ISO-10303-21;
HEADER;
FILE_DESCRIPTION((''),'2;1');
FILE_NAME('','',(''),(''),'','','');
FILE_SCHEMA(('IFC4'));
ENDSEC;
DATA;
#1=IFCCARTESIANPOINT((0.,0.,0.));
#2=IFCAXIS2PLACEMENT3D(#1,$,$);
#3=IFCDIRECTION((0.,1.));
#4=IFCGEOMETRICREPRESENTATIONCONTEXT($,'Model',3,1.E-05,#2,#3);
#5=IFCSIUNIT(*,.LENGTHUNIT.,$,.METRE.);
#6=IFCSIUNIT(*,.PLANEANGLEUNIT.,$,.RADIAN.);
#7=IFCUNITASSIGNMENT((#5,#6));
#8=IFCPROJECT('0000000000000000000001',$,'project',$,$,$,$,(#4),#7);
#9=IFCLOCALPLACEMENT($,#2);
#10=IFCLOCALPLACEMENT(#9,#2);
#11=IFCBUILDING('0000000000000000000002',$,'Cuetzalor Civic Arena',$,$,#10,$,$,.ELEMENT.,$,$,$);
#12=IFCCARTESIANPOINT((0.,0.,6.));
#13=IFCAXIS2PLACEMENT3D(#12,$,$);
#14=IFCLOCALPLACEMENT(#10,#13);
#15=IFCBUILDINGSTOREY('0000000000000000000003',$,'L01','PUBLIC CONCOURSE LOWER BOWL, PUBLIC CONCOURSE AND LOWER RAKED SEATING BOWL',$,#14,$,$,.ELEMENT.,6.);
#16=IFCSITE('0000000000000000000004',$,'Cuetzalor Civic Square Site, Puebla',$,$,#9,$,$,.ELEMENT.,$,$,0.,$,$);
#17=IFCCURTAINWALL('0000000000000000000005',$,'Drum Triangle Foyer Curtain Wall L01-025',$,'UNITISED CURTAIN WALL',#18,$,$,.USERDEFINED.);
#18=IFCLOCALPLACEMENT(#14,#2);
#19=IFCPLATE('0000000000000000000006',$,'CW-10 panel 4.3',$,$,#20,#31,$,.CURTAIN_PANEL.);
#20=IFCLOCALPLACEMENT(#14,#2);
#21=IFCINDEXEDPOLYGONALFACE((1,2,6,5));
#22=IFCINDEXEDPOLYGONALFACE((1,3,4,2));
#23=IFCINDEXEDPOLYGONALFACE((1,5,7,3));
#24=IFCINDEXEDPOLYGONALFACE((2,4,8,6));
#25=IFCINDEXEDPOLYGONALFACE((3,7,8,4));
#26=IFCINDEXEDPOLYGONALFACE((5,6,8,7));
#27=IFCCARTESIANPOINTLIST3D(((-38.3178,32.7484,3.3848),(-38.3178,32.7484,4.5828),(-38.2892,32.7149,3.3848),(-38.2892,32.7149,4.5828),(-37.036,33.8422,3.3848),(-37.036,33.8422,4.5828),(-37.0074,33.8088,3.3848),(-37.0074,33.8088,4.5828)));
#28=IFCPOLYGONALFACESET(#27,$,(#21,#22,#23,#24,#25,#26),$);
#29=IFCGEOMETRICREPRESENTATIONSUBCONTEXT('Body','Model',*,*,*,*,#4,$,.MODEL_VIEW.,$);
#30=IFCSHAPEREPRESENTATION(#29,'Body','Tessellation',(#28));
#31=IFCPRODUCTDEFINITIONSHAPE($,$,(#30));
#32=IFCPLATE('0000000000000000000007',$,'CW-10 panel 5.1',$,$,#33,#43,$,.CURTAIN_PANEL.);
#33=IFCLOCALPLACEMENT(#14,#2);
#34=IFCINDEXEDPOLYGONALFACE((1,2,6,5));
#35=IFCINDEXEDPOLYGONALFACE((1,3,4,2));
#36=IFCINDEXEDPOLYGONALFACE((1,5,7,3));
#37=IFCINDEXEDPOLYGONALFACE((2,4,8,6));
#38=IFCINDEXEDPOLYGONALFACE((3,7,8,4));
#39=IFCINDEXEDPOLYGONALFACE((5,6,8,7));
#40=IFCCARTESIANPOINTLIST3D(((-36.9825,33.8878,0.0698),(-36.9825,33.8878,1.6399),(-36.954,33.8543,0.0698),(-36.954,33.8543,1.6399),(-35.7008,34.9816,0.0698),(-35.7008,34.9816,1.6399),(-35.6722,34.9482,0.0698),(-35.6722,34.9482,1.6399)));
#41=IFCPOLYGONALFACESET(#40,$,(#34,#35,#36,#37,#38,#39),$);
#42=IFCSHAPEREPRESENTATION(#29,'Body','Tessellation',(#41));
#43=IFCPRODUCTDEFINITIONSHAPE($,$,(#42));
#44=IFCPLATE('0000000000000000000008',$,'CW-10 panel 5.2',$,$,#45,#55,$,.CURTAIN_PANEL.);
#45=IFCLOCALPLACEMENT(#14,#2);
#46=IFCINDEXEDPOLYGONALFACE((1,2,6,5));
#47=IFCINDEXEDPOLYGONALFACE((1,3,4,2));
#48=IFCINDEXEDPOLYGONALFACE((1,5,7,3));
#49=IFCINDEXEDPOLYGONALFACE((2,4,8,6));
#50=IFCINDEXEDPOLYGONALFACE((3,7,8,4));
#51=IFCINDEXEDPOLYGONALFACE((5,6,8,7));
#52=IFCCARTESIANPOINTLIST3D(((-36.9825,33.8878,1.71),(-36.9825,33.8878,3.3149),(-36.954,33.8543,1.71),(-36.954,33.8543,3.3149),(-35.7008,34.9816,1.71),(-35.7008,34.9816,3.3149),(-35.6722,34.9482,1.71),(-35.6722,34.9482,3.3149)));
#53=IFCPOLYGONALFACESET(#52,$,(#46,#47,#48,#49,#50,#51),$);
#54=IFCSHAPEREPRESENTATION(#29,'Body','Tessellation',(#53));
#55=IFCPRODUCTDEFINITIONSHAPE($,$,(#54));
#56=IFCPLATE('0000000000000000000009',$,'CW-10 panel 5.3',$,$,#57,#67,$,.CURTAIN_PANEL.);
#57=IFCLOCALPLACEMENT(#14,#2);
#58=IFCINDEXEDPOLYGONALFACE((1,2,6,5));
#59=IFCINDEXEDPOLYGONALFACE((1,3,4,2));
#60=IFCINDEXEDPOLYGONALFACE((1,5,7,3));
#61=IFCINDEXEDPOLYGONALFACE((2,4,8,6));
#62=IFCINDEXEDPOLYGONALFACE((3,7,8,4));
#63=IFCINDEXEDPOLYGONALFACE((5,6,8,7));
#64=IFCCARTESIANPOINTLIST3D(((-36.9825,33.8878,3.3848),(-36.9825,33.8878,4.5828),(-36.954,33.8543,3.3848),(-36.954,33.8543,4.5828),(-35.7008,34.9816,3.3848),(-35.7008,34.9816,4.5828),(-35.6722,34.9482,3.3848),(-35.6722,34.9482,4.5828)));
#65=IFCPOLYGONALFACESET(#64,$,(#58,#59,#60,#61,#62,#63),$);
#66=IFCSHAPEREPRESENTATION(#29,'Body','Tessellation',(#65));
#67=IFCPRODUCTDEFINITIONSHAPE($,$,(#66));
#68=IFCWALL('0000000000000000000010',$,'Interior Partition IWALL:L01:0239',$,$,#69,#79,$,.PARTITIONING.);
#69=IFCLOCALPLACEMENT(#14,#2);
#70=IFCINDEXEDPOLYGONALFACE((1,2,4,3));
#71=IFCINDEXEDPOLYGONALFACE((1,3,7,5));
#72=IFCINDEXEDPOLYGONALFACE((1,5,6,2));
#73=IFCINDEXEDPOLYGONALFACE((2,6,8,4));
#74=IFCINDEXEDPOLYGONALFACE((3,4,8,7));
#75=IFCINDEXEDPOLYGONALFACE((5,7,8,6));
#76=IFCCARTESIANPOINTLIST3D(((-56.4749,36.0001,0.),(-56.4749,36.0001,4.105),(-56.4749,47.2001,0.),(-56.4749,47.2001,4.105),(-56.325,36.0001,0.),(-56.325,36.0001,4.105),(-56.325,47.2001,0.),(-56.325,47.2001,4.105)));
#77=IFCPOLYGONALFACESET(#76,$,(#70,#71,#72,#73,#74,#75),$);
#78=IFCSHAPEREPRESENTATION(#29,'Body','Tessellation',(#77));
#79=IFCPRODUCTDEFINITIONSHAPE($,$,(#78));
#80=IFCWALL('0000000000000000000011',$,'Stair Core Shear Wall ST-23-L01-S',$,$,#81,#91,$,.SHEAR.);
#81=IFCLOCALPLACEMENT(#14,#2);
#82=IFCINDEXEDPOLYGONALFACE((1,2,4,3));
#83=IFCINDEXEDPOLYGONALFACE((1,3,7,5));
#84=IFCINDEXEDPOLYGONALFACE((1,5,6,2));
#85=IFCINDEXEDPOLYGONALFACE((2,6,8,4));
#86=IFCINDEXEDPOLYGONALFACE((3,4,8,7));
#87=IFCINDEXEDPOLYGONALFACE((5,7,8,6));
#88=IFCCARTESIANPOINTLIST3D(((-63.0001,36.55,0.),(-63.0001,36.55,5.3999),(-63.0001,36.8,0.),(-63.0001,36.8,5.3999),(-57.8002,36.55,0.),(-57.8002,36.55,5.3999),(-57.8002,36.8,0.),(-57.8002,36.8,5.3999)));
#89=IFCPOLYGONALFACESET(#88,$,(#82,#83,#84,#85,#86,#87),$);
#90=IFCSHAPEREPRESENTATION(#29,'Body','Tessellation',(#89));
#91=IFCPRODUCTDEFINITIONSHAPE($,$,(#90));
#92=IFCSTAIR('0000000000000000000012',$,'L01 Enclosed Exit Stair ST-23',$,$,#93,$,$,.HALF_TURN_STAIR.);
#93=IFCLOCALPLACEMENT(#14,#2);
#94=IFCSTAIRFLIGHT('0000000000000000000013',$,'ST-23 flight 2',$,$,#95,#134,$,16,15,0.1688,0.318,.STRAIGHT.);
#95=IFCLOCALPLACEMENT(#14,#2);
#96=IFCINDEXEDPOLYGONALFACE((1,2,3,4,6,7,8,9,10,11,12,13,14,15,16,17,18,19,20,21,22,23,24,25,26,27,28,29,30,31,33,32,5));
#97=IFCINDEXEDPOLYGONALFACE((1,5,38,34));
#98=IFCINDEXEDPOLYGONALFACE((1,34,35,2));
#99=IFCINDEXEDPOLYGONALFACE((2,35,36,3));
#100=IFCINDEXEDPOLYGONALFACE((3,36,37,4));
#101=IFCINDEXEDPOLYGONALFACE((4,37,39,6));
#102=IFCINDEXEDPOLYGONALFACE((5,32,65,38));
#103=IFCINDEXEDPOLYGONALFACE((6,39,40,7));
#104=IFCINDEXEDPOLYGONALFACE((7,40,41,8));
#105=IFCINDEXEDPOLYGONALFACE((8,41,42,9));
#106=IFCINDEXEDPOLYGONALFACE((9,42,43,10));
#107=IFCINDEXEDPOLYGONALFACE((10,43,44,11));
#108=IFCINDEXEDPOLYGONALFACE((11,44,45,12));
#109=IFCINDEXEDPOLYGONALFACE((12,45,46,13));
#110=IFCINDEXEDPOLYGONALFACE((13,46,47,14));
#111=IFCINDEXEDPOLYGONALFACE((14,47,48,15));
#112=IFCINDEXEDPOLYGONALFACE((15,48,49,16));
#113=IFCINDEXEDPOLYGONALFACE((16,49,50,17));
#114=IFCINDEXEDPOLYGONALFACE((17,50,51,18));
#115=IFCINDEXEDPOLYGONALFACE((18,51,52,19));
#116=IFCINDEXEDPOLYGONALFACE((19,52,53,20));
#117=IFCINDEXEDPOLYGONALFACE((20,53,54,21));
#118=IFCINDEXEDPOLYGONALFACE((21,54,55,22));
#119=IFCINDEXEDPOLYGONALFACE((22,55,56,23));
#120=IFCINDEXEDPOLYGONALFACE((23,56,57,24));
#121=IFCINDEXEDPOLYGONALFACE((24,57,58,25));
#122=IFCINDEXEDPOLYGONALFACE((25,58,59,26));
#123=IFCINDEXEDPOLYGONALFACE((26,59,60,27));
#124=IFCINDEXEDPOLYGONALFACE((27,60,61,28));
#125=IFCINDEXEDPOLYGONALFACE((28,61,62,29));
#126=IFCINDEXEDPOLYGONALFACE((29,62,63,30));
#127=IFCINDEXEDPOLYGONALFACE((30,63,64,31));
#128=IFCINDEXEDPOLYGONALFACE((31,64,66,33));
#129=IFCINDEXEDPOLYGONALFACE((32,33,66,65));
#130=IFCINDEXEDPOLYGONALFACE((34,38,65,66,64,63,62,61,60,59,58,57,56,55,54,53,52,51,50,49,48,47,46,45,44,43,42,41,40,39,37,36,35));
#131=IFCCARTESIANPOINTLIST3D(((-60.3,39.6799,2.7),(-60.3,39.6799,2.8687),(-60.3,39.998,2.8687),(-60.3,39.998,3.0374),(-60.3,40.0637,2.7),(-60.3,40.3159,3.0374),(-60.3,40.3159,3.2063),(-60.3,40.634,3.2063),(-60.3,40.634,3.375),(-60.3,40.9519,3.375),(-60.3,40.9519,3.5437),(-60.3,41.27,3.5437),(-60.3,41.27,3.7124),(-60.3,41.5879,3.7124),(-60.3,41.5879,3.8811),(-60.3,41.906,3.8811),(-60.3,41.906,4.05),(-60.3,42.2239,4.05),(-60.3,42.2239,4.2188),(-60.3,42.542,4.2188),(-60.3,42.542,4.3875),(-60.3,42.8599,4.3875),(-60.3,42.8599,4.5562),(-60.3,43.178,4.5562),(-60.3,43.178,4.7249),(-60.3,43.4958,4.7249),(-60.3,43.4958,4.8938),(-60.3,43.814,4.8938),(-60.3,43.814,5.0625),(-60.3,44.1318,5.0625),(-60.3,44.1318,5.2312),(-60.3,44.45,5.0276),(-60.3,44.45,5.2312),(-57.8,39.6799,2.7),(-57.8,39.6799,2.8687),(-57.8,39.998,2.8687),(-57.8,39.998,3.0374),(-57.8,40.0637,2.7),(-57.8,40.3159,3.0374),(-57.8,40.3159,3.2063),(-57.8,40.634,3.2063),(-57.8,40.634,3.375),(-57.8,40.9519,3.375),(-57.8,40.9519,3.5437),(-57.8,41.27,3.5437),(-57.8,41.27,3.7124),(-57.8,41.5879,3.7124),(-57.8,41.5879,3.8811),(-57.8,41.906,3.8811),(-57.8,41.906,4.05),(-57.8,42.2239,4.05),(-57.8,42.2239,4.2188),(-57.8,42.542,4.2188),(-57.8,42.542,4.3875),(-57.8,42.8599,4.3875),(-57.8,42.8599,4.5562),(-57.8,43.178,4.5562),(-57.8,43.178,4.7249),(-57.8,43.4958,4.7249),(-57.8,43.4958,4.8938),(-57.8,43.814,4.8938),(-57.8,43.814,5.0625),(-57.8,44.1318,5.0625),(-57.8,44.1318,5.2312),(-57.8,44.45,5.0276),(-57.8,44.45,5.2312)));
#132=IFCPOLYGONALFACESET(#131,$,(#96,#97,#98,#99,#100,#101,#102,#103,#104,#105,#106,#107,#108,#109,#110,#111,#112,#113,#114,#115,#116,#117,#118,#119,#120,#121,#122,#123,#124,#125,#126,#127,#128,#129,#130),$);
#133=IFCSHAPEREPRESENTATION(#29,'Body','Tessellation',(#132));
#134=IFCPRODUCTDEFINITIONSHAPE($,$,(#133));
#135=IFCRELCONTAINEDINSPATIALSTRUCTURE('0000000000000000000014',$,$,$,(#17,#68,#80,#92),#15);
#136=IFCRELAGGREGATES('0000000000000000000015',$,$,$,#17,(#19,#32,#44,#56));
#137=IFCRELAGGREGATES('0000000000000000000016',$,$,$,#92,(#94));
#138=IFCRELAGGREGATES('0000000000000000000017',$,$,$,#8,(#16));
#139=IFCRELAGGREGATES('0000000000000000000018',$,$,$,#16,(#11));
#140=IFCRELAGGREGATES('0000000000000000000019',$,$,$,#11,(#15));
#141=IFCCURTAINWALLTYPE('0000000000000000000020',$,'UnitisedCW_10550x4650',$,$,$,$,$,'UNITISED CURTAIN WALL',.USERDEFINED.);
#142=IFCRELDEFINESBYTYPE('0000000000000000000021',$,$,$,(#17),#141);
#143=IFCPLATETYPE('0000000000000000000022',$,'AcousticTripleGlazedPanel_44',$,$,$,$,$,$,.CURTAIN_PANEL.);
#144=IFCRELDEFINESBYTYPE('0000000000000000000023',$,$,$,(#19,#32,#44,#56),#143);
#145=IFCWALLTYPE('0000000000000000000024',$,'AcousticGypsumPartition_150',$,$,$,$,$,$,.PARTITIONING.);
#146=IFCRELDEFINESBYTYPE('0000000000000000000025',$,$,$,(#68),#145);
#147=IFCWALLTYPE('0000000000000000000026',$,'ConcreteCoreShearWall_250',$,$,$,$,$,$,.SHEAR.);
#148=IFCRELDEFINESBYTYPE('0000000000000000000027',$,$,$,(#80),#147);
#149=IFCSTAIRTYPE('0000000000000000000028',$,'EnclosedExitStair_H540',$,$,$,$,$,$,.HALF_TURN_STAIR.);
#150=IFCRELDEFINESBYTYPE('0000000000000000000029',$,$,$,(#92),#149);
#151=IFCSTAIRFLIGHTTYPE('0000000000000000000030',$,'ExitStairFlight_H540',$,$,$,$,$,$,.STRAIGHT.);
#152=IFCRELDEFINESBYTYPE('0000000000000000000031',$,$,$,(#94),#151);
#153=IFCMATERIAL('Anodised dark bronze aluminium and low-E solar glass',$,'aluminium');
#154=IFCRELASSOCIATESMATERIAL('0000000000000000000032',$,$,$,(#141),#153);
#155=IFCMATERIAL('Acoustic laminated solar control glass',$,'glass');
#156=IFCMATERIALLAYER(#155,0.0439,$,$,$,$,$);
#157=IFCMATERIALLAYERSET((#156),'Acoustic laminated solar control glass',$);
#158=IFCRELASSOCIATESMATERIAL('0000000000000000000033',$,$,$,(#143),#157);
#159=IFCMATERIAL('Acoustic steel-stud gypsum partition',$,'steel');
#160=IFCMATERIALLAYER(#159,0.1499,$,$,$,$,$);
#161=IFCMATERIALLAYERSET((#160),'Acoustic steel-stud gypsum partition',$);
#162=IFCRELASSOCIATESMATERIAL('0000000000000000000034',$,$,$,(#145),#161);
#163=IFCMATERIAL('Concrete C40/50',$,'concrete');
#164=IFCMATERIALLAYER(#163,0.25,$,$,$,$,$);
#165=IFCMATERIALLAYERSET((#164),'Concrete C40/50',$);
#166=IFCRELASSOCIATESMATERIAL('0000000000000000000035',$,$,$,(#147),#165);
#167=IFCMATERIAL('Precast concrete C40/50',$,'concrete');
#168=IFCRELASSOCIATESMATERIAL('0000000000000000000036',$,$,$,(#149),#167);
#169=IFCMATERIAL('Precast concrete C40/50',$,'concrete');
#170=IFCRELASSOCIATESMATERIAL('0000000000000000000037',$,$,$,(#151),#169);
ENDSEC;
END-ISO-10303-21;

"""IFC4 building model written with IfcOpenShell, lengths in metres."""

from ifc_helpers import new_model, si_unit, direction, frame, frame_2d, origin, origin_2d, place, context, subcontext, project, spatial, polyline, rectangle, outline, extrude, material, layer, layer_set, type_object, element, aggregate, save


model = new_model("IFC4")

# Units and contexts
model_context = context("Model", 3, precision=1e-05, world=origin(), true_north=direction((0.0, 1.0)))
body_context = subcontext(model_context, "Body", "Model", "MODEL_VIEW")
ifc_project = project(units=[si_unit("LENGTHUNIT", "METRE"), si_unit("PLANEANGLEUNIT", "RADIAN")], contexts=[model_context])

# Site, building, storey
site_placement = place(None, origin())
site = spatial("IfcSite", under=ifc_project, at=site_placement, Name="Cuetzalor Civic Square Site, Puebla", CompositionType="ELEMENT", RefElevation=0.0)
building_placement = place(site_placement, origin())
building = spatial("IfcBuilding", under=site, at=building_placement, Name="Cuetzalor Civic Arena", CompositionType="ELEMENT")
storey_placement = place(building_placement, frame((0.0, 0.0, 6.0)))
storey = spatial("IfcBuildingStorey", under=building, at=storey_placement, Name="L01", Description="PUBLIC CONCOURSE LOWER BOWL, PUBLIC CONCOURSE AND LOWER RAKED SEATING BOWL", CompositionType="ELEMENT", Elevation=6.0)

# Curtain wall
ifc_material_1 = material(Name="Anodised dark bronze aluminium and low-E solar glass", Category="aluminium")
curtain_wall_type = type_object("IfcCurtainWallType", Name="UnitisedCW_10550x4650", ElementType="UNITISED CURTAIN WALL", PredefinedType="USERDEFINED", material=ifc_material_1)
curtain_wall_placement = place(storey_placement, origin())
curtain_wall = element("IfcCurtainWall", 1, at=curtain_wall_placement, inside=storey, type_object=curtain_wall_type, Name="Drum Triangle Foyer Curtain Wall L01-025", ObjectType="UNITISED CURTAIN WALL", PredefinedType="USERDEFINED")

# Plates
ifc_material_2 = material(Name="Acoustic laminated solar control glass", Category="glass")
ifc_layer_1 = layer(ifc_material_2, 0.0439)
ifc_layer_set_1 = layer_set([ifc_layer_1], Name="Acoustic laminated solar control glass")
plate_type = type_object("IfcPlateType", Name="AcousticTripleGlazedPanel_44", PredefinedType="CURTAIN_PANEL", material=ifc_layer_set_1)
plate_1_placement = place(storey_placement, frame((-37.6626, 33.2786, 3.3848), z_axis=(0.0, 0.0, 1.0), x_axis=(0.760677, 0.64913, 0.0)))
plate_1 = element("IfcPlate", 2, at=plate_1_placement, type_object=plate_type, Name="CW-10 panel 4.3", PredefinedType="CURTAIN_PANEL", context=body_context, shape_type="SweptSolid", body=[
    extrude(rectangle(XDim=1.6851, YDim=0.0439, at=origin_2d()), origin(), (0.0, 0.0, 1.0), 1.198),
])
plate_2_placement = place(storey_placement, frame((-36.3274, 34.418, 0.0698), z_axis=(0.0, 0.0, 1.0), x_axis=(0.760677, 0.64913, 0.0)))
plate_2 = element("IfcPlate", 3, at=plate_2_placement, type_object=plate_type, Name="CW-10 panel 5.1", PredefinedType="CURTAIN_PANEL", context=body_context, shape_type="SweptSolid", body=[
    extrude(rectangle(XDim=1.6851, YDim=0.0439, at=origin_2d()), origin(), (0.0, 0.0, 1.0), 1.5701),
])
plate_3_placement = place(storey_placement, frame((-36.3274, 34.418, 1.71), z_axis=(0.0, 0.0, 1.0), x_axis=(0.760677, 0.64913, 0.0)))
plate_3 = element("IfcPlate", 4, at=plate_3_placement, type_object=plate_type, Name="CW-10 panel 5.2", PredefinedType="CURTAIN_PANEL", context=body_context, shape_type="SweptSolid", body=[
    extrude(rectangle(XDim=1.6851, YDim=0.0439, at=origin_2d()), origin(), (0.0, 0.0, 1.0), 1.605),
])
plate_4_placement = place(storey_placement, frame((-36.3274, 34.418, 3.3848), z_axis=(0.0, 0.0, 1.0), x_axis=(0.760677, 0.64913, 0.0)))
plate_4 = element("IfcPlate", 5, at=plate_4_placement, type_object=plate_type, Name="CW-10 panel 5.3", PredefinedType="CURTAIN_PANEL", context=body_context, shape_type="SweptSolid", body=[
    extrude(rectangle(XDim=1.6851, YDim=0.0439, at=origin_2d()), origin(), (0.0, 0.0, 1.0), 1.198),
])
aggregate(curtain_wall, [plate_1, plate_2, plate_3, plate_4])

# Walls
ifc_material_3 = material(Name="Acoustic steel-stud gypsum partition", Category="steel")
ifc_layer_2 = layer(ifc_material_3, 0.1499)
ifc_layer_set_2 = layer_set([ifc_layer_2], Name="Acoustic steel-stud gypsum partition")
wall_type_1 = type_object("IfcWallType", Name="AcousticGypsumPartition_150", PredefinedType="PARTITIONING", material=ifc_layer_set_2)
wall_1_placement = place(storey_placement, frame((-56.3999, 36.0, 0.0), z_axis=(0.0, 0.0, 1.0), x_axis=(0.0, 1.0, 0.0)))
element("IfcWall", 6, at=wall_1_placement, inside=storey, type_object=wall_type_1, Name="Interior Partition IWALL:L01:0239", PredefinedType="PARTITIONING", context=body_context, shape_type="SweptSolid", body=[
    extrude(rectangle(XDim=11.2, YDim=0.1499, at=frame_2d((5.6001, 0.0))), origin(), (0.0, 0.0, 1.0), 4.105),
])
ifc_material_4 = material(Name="Concrete C40/50", Category="concrete")
ifc_layer_3 = layer(ifc_material_4, 0.25)
ifc_layer_set_3 = layer_set([ifc_layer_3], Name="Concrete C40/50")
wall_type_2 = type_object("IfcWallType", Name="ConcreteCoreShearWall_250", PredefinedType="SHEAR", material=ifc_layer_set_3)
wall_2_placement = place(storey_placement, frame((-57.8, 36.675, 0.0), z_axis=(0.0, 0.0, 1.0), x_axis=(-1.0, 0.0, 0.0)))
element("IfcWall", 7, at=wall_2_placement, inside=storey, type_object=wall_type_2, Name="Stair Core Shear Wall ST-23-L01-S", PredefinedType="SHEAR", context=body_context, shape_type="SweptSolid", body=[
    extrude(rectangle(XDim=5.2, YDim=0.25, at=frame_2d((2.6001, 0.0))), origin(), (0.0, 0.0, 1.0), 5.3999),
])

# Stair, stair flight
ifc_material_5 = material(Name="Precast concrete C40/50", Category="concrete")
stair_type = type_object("IfcStairType", Name="EnclosedExitStair_H540", PredefinedType="HALF_TURN_STAIR", material=ifc_material_5)
stair_placement = place(storey_placement, origin())
stair = element("IfcStair", 8, at=stair_placement, inside=storey, type_object=stair_type, Name="L01 Enclosed Exit Stair ST-23", PredefinedType="HALF_TURN_STAIR")
ifc_material_6 = material(Name="Precast concrete C40/50", Category="concrete")
stair_flight_type = type_object("IfcStairFlightType", Name="ExitStairFlight_H540", PredefinedType="STRAIGHT", material=ifc_material_6)
stair_flight_placement = place(storey_placement, frame((-59.05, 39.6799, 2.7), z_axis=(0.0, 0.0, 1.0), x_axis=(0.0, 1.0, 0.0)))
stair_flight = element("IfcStairFlight", 9, at=stair_flight_placement, type_object=stair_flight_type, Name="ST-23 flight 2", NumberOfRisers=16, NumberOfTreads=15, PredefinedType="STRAIGHT", RiserHeight=0.1688, TreadLength=0.318, context=body_context, shape_type="SweptSolid", body=[
    extrude(outline(polyline([(0.0, 0.0), (0.0, 0.1687), (0.3181, 0.1687), (0.3181, 0.3374), (0.636, 0.3374), (0.636, 0.5063), (0.9541, 0.5063), (0.9541, 0.675), (1.272, 0.675), (1.272, 0.8438), (1.5901, 0.8438), (1.5901, 1.0125), (1.908, 1.0125), (1.908, 1.1812), (2.2261, 1.1812), (2.2261, 1.3501), (2.5439, 1.3501), (2.5439, 1.5188), (2.8621, 1.5188), (2.8621, 1.6875), (3.1799, 1.6875), (3.1799, 1.8562), (3.498, 1.8562), (3.498, 2.0249), (3.8159, 2.0249), (3.8159, 2.1938), (4.134, 2.1938), (4.134, 2.3625), (4.4519, 2.3625), (4.4519, 2.5312), (4.77, 2.5312), (4.77, 2.7), (4.77, 2.3276), (0.3838, 0.0), (0.0, 0.0)])), frame((0.0, 1.25, 0.0), z_axis=(0.0, -1.0, 0.0), x_axis=(1.0, 0.0, 0.0)), (0.0, 0.0, 1.0), 2.5),
])
aggregate(stair, [stair_flight])

save(model, "model.ifc")
